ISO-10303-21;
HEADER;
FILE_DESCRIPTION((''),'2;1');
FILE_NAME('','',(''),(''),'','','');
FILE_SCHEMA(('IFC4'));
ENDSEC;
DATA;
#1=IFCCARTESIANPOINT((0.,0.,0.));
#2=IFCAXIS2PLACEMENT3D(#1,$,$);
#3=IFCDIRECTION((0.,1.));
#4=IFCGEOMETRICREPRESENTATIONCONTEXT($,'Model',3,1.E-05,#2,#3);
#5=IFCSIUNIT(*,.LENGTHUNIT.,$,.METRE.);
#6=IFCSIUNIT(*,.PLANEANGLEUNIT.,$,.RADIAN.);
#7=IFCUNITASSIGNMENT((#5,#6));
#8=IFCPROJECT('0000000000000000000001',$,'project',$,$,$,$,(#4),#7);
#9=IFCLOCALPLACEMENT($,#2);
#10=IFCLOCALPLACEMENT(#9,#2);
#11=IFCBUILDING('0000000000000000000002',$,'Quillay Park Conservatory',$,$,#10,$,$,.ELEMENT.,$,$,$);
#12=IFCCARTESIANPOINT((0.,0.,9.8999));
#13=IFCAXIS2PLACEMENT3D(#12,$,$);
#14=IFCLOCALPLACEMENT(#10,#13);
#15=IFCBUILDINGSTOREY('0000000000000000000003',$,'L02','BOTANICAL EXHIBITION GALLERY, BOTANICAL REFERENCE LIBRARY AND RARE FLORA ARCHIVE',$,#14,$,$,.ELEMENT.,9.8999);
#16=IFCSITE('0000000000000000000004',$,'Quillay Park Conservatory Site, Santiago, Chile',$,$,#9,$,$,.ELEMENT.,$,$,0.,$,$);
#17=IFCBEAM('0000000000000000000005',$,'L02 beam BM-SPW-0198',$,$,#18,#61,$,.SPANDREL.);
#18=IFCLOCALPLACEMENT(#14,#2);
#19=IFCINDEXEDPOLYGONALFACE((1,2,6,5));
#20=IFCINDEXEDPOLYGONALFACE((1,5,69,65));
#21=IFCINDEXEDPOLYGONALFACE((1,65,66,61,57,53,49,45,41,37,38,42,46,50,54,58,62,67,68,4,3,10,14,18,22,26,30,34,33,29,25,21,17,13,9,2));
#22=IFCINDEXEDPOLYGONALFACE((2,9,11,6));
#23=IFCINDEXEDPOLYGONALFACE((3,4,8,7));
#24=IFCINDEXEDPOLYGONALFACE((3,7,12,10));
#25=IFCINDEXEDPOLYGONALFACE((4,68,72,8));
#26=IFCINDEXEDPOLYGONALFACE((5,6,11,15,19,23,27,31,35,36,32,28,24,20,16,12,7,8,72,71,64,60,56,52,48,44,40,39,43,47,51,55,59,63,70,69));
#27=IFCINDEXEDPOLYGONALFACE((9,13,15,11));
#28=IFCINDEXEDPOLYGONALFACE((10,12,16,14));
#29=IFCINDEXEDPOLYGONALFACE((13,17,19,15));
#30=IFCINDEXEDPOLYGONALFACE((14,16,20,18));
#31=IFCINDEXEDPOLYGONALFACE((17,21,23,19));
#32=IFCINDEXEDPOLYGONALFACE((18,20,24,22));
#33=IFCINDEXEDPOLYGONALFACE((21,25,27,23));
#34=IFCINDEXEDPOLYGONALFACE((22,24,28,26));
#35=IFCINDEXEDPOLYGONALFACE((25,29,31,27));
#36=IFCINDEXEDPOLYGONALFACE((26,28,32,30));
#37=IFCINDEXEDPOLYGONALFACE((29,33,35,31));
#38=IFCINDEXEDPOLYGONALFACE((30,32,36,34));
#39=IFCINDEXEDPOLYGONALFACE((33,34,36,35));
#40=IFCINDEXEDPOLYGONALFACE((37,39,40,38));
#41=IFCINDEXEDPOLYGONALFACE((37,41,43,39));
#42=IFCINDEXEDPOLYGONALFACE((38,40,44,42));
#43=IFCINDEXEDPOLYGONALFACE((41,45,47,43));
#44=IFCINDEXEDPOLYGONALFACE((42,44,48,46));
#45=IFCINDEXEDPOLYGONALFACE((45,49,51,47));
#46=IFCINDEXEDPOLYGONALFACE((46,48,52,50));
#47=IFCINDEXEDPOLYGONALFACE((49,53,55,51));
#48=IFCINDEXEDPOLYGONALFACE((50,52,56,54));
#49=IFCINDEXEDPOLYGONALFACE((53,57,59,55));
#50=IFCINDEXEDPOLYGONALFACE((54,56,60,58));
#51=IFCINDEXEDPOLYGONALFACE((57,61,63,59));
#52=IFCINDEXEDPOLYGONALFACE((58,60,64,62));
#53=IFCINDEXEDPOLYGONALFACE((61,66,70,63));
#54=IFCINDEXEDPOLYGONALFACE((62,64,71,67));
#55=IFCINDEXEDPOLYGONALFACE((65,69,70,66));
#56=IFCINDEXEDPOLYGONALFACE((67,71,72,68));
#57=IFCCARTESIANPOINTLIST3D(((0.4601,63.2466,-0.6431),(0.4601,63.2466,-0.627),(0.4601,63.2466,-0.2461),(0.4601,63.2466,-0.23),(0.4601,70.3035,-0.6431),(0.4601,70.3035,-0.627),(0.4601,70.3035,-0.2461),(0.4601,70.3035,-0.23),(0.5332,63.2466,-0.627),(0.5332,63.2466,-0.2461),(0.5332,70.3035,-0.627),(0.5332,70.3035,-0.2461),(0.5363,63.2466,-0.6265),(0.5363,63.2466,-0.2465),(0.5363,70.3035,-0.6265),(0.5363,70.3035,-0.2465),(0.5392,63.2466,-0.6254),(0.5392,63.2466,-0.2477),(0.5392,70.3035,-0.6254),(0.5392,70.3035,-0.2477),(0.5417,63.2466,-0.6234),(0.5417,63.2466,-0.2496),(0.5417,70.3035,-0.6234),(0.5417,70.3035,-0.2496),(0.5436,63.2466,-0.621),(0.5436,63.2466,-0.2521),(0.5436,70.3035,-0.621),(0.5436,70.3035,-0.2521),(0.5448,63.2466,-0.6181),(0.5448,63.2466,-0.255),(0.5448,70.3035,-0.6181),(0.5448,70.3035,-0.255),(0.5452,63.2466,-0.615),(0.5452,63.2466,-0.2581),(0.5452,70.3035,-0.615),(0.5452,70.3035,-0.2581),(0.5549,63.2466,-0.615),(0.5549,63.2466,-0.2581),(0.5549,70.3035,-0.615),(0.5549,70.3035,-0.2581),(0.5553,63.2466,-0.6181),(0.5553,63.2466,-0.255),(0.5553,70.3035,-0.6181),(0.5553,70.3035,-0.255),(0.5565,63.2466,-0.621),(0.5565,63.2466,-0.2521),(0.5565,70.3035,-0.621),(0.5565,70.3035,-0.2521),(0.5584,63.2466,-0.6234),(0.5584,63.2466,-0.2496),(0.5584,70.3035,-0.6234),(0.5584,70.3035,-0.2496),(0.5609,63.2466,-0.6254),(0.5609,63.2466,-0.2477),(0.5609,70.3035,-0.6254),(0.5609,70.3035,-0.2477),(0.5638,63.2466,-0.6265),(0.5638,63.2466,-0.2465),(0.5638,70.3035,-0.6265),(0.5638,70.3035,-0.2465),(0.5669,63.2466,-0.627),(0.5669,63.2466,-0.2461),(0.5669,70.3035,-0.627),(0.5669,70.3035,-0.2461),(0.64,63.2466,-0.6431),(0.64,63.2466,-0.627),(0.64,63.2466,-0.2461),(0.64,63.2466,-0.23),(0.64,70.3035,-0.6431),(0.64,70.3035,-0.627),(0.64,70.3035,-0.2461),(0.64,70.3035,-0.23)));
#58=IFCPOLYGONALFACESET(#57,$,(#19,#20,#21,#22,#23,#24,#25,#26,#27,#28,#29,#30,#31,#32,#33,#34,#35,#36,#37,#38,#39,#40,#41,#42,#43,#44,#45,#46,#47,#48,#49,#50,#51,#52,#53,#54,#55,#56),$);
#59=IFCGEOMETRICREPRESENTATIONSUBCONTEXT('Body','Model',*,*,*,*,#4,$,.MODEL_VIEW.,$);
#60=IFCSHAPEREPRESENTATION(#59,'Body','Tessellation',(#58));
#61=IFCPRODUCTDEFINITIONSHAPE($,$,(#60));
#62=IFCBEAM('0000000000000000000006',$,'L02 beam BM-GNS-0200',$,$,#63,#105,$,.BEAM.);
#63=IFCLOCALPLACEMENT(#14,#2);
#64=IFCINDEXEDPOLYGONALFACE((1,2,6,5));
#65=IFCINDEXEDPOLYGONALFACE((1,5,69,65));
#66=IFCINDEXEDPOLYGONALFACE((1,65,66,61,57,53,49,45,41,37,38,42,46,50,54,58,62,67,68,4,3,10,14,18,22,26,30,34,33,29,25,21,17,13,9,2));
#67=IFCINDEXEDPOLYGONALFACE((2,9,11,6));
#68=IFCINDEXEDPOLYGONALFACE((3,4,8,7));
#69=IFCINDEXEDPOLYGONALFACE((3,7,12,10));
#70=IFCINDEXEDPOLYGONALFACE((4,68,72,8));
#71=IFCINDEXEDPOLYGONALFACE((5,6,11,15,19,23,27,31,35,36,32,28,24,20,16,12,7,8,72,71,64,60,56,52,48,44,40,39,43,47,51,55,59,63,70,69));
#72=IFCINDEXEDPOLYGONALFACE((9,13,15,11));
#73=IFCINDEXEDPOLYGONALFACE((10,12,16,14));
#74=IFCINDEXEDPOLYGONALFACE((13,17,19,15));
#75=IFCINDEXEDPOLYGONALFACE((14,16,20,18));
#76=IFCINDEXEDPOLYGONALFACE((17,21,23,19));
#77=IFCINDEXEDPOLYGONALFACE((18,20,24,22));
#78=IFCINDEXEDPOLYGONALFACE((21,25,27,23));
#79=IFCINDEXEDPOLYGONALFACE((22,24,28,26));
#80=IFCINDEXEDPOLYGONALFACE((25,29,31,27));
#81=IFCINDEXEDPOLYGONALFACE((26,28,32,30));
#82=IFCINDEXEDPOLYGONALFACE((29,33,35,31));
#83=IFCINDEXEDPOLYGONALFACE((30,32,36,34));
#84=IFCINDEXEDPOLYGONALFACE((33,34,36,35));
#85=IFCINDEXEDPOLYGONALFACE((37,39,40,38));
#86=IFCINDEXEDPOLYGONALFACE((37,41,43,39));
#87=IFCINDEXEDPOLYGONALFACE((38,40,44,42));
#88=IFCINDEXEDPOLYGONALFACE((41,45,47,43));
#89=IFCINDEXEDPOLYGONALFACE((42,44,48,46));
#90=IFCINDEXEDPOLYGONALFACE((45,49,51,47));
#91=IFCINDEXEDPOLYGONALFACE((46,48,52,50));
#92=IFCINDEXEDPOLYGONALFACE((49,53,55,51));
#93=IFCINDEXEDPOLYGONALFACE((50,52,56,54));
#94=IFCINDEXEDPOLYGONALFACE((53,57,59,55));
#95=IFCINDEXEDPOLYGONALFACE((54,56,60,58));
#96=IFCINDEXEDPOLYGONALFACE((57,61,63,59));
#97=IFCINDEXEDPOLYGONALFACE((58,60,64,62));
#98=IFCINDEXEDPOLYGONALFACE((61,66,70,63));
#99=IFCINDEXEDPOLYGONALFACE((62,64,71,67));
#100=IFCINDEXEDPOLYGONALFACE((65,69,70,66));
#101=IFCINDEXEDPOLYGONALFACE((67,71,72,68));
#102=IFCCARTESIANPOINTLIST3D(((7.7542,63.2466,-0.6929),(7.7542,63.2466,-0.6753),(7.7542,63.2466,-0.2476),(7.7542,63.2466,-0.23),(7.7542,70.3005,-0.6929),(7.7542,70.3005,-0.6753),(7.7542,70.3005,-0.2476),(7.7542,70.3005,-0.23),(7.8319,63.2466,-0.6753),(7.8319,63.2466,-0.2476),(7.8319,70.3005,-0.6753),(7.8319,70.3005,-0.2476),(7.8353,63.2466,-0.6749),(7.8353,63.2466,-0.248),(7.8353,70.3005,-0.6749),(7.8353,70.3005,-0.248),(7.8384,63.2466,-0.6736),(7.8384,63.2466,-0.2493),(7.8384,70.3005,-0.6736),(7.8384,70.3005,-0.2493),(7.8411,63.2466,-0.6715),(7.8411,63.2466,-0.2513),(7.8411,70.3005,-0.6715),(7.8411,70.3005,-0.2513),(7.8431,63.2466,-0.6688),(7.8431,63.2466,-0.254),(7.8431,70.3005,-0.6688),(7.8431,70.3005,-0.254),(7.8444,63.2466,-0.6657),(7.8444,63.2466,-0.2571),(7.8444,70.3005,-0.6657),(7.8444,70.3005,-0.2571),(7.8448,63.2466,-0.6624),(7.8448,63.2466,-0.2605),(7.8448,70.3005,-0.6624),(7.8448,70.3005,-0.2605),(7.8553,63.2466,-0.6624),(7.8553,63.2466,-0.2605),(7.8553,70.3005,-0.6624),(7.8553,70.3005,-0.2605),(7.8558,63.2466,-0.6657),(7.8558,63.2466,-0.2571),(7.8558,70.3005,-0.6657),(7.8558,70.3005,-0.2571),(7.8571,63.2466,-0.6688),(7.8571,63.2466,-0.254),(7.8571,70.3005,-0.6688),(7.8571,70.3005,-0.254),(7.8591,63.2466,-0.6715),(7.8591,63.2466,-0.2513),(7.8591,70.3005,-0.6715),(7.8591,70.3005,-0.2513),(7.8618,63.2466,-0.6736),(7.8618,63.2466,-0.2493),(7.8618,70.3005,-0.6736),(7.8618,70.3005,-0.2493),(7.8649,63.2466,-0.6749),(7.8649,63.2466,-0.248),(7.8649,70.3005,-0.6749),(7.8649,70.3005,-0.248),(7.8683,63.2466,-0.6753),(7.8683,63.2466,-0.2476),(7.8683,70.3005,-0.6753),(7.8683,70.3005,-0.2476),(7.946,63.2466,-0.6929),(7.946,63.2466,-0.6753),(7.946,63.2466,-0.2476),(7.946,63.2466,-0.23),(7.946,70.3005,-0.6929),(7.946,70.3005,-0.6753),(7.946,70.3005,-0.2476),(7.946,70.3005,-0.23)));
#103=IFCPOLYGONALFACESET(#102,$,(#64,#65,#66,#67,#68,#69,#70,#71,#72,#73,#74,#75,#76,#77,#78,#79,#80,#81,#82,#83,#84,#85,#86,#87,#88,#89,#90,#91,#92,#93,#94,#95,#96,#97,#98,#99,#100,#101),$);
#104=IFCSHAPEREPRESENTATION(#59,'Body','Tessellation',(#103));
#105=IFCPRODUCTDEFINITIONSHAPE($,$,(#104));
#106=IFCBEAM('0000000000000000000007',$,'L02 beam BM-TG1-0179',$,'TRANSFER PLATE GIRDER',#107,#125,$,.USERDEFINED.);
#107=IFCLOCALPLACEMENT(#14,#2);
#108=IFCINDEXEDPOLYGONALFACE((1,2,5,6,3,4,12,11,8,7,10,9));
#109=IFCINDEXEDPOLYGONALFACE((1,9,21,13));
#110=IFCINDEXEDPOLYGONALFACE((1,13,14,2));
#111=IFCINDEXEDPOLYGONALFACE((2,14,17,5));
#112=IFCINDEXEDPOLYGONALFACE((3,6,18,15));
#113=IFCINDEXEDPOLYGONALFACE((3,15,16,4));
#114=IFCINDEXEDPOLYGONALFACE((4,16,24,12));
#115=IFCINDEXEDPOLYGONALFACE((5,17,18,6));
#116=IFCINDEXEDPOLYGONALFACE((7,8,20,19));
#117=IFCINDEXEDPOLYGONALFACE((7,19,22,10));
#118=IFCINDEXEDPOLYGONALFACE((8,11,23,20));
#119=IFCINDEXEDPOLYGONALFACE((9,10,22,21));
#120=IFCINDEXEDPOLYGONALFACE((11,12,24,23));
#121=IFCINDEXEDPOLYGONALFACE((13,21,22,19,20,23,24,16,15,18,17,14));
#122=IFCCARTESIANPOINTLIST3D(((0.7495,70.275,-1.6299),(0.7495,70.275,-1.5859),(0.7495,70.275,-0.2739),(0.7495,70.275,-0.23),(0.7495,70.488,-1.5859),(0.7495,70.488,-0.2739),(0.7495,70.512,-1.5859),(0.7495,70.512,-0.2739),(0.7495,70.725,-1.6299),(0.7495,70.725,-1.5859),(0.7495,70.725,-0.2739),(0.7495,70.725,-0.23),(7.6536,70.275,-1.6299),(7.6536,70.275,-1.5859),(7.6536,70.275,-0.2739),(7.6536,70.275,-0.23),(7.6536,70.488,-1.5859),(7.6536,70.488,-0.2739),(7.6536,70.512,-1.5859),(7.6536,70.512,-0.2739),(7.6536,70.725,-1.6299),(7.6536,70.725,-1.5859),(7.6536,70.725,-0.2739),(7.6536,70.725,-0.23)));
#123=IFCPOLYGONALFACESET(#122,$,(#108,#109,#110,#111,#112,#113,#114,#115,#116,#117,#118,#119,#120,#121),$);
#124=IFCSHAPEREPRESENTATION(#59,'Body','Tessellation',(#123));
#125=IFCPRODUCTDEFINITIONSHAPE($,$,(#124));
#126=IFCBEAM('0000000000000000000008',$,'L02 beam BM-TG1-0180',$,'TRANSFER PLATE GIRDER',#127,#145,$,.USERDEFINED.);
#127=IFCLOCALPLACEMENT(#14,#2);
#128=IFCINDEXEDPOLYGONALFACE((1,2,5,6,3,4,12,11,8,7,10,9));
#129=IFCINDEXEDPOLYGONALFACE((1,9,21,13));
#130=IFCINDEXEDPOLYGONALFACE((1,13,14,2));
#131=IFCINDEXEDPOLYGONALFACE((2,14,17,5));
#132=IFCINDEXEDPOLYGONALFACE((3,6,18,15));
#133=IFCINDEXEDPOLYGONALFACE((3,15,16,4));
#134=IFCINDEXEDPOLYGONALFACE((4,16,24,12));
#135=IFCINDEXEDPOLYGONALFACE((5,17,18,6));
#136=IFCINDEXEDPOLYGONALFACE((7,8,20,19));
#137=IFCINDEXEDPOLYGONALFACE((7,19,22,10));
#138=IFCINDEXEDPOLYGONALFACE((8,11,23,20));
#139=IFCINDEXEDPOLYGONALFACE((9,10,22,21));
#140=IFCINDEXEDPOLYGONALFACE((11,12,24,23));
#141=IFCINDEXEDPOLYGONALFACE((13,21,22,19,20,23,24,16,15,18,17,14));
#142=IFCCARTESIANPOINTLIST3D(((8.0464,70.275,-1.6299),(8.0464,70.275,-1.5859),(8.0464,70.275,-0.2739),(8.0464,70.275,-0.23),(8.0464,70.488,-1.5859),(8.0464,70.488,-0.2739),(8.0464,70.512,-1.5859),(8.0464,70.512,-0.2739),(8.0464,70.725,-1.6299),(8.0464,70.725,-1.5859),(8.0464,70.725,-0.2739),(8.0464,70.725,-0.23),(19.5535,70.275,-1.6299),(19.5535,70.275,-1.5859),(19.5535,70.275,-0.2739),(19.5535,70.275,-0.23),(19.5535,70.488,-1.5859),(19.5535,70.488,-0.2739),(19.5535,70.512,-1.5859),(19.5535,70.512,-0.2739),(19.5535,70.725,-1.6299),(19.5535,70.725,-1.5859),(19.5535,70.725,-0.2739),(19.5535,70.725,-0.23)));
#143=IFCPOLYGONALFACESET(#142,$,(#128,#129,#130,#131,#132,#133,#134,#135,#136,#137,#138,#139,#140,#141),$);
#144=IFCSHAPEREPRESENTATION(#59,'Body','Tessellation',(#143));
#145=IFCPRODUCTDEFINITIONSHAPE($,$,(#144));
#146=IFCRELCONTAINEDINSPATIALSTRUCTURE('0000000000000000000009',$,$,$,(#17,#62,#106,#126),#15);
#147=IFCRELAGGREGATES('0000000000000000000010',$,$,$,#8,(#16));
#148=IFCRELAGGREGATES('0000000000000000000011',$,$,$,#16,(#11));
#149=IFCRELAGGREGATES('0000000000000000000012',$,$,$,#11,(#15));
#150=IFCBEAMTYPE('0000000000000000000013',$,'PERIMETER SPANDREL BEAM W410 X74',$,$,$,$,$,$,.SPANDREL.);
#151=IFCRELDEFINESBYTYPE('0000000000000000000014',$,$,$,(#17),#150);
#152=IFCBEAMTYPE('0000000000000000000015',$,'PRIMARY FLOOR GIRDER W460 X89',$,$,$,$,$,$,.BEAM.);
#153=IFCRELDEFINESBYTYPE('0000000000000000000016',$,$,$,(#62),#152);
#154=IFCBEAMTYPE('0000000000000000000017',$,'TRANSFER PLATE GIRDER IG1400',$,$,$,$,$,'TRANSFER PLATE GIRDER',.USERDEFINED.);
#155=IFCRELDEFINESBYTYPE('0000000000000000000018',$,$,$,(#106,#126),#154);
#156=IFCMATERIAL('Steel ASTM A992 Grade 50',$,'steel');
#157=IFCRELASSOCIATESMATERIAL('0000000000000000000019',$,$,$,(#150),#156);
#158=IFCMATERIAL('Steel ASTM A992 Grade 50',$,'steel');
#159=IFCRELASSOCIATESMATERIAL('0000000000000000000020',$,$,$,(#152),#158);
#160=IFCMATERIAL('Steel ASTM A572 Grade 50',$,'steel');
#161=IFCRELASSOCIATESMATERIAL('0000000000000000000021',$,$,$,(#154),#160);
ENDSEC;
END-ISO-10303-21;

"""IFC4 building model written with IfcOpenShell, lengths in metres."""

from ifc_helpers import new_model, si_unit, direction, frame, origin, origin_2d, place, context, subcontext, project, spatial, i_section, extrude, material, material_profile, profile_set, type_object, element, save


model = new_model("IFC4")

# Units and contexts
model_context = context("Model", 3, precision=1e-05, world=origin(), true_north=direction((0.0, 1.0)))
body_context = subcontext(model_context, "Body", "Model", "MODEL_VIEW")
ifc_project = project(units=[si_unit("LENGTHUNIT", "METRE"), si_unit("PLANEANGLEUNIT", "RADIAN")], contexts=[model_context])

# Site, building, storey
site_placement = place(None, origin())
site = spatial("IfcSite", under=ifc_project, at=site_placement, Name="Quillay Park Conservatory Site, Santiago, Chile", CompositionType="ELEMENT", RefElevation=0.0)
building_placement = place(site_placement, origin())
building = spatial("IfcBuilding", under=site, at=building_placement, Name="Quillay Park Conservatory", CompositionType="ELEMENT")
storey_placement = place(building_placement, frame((0.0, 0.0, 9.8999)))
storey = spatial("IfcBuildingStorey", under=building, at=storey_placement, Name="L02", Description="BOTANICAL EXHIBITION GALLERY, BOTANICAL REFERENCE LIBRARY AND RARE FLORA ARCHIVE", CompositionType="ELEMENT", Elevation=9.8999)

# Beams
ifc_material_1 = material(Name="Steel ASTM A992 Grade 50", Category="steel")
ifc_material_profile_1 = material_profile(ifc_material_1, i_section(OverallWidth=0.1799, OverallDepth=0.4131, WebThickness=0.0098, FlangeThickness=0.0161, FilletRadius=0.012, at=origin_2d()), Name="W410x74")
ifc_profile_set_1 = profile_set([ifc_material_profile_1], Name="Steel ASTM A992 Grade 50")
beam_type_1 = type_object("IfcBeamType", Name="PERIMETER SPANDREL BEAM W410 X74", PredefinedType="SPANDREL", material=ifc_profile_set_1)
beam_1_placement = place(storey_placement, frame((0.55, 63.2466, -0.4365), z_axis=(0.0, 1.0, 0.0), x_axis=(-1.0, 0.0, 0.0)))
element("IfcBeam", 1, at=beam_1_placement, inside=storey, type_object=beam_type_1, Name="L02 beam BM-SPW-0198", PredefinedType="SPANDREL", context=body_context, shape_type="SweptSolid", body=[
    extrude(i_section(OverallWidth=0.1799, OverallDepth=0.4131, WebThickness=0.0098, FlangeThickness=0.0161, FilletRadius=0.012, at=origin_2d()), origin(), (0.0, 0.0, 1.0), 7.0569),
])
ifc_material_2 = material(Name="Steel ASTM A992 Grade 50", Category="steel")
ifc_material_profile_2 = material_profile(ifc_material_2, i_section(OverallWidth=0.1919, OverallDepth=0.4629, WebThickness=0.0105, FlangeThickness=0.0176, FilletRadius=0.0129, at=origin_2d()), Name="W460x89")
ifc_profile_set_2 = profile_set([ifc_material_profile_2], Name="Steel ASTM A992 Grade 50")
beam_type_2 = type_object("IfcBeamType", Name="PRIMARY FLOOR GIRDER W460 X89", PredefinedType="BEAM", material=ifc_profile_set_2)
beam_2_placement = place(storey_placement, frame((7.8501, 63.2466, -0.4614), z_axis=(0.0, 1.0, 0.0), x_axis=(-1.0, 0.0, 0.0)))
element("IfcBeam", 2, at=beam_2_placement, inside=storey, type_object=beam_type_2, Name="L02 beam BM-GNS-0200", PredefinedType="BEAM", context=body_context, shape_type="SweptSolid", body=[
    extrude(i_section(OverallWidth=0.1919, OverallDepth=0.4629, WebThickness=0.0105, FlangeThickness=0.0176, FilletRadius=0.0129, at=origin_2d()), origin(), (0.0, 0.0, 1.0), 7.054),
])
ifc_material_3 = material(Name="Steel ASTM A572 Grade 50", Category="steel")
ifc_material_profile_3 = material_profile(ifc_material_3, i_section(OverallWidth=0.45, OverallDepth=1.3999, WebThickness=0.0239, FlangeThickness=0.0439, at=origin_2d()), Name="IG1400x450")
ifc_profile_set_3 = profile_set([ifc_material_profile_3], Name="Steel ASTM A572 Grade 50")
beam_type_3 = type_object("IfcBeamType", Name="TRANSFER PLATE GIRDER IG1400", ElementType="TRANSFER PLATE GIRDER", PredefinedType="USERDEFINED", material=ifc_profile_set_3)
beam_3_placement = place(storey_placement, frame((0.7495, 70.5, -0.9299), z_axis=(1.0, 0.0, 0.0), x_axis=(0.0, 1.0, 0.0)))
element("IfcBeam", 3, at=beam_3_placement, inside=storey, type_object=beam_type_3, Name="L02 beam BM-TG1-0179", ObjectType="TRANSFER PLATE GIRDER", PredefinedType="USERDEFINED", context=body_context, shape_type="SweptSolid", body=[
    extrude(i_section(OverallWidth=0.45, OverallDepth=1.3999, WebThickness=0.0239, FlangeThickness=0.0439, at=origin_2d()), origin(), (0.0, 0.0, 1.0), 6.9041),
])
beam_4_placement = place(storey_placement, frame((8.0464, 70.5, -0.9299), z_axis=(1.0, 0.0, 0.0), x_axis=(0.0, 1.0, 0.0)))
element("IfcBeam", 4, at=beam_4_placement, inside=storey, type_object=beam_type_3, Name="L02 beam BM-TG1-0180", ObjectType="TRANSFER PLATE GIRDER", PredefinedType="USERDEFINED", context=body_context, shape_type="SweptSolid", body=[
    extrude(i_section(OverallWidth=0.45, OverallDepth=1.3999, WebThickness=0.0239, FlangeThickness=0.0439, at=origin_2d()), origin(), (0.0, 0.0, 1.0), 11.5071),
])

save(model, "model.ifc")
